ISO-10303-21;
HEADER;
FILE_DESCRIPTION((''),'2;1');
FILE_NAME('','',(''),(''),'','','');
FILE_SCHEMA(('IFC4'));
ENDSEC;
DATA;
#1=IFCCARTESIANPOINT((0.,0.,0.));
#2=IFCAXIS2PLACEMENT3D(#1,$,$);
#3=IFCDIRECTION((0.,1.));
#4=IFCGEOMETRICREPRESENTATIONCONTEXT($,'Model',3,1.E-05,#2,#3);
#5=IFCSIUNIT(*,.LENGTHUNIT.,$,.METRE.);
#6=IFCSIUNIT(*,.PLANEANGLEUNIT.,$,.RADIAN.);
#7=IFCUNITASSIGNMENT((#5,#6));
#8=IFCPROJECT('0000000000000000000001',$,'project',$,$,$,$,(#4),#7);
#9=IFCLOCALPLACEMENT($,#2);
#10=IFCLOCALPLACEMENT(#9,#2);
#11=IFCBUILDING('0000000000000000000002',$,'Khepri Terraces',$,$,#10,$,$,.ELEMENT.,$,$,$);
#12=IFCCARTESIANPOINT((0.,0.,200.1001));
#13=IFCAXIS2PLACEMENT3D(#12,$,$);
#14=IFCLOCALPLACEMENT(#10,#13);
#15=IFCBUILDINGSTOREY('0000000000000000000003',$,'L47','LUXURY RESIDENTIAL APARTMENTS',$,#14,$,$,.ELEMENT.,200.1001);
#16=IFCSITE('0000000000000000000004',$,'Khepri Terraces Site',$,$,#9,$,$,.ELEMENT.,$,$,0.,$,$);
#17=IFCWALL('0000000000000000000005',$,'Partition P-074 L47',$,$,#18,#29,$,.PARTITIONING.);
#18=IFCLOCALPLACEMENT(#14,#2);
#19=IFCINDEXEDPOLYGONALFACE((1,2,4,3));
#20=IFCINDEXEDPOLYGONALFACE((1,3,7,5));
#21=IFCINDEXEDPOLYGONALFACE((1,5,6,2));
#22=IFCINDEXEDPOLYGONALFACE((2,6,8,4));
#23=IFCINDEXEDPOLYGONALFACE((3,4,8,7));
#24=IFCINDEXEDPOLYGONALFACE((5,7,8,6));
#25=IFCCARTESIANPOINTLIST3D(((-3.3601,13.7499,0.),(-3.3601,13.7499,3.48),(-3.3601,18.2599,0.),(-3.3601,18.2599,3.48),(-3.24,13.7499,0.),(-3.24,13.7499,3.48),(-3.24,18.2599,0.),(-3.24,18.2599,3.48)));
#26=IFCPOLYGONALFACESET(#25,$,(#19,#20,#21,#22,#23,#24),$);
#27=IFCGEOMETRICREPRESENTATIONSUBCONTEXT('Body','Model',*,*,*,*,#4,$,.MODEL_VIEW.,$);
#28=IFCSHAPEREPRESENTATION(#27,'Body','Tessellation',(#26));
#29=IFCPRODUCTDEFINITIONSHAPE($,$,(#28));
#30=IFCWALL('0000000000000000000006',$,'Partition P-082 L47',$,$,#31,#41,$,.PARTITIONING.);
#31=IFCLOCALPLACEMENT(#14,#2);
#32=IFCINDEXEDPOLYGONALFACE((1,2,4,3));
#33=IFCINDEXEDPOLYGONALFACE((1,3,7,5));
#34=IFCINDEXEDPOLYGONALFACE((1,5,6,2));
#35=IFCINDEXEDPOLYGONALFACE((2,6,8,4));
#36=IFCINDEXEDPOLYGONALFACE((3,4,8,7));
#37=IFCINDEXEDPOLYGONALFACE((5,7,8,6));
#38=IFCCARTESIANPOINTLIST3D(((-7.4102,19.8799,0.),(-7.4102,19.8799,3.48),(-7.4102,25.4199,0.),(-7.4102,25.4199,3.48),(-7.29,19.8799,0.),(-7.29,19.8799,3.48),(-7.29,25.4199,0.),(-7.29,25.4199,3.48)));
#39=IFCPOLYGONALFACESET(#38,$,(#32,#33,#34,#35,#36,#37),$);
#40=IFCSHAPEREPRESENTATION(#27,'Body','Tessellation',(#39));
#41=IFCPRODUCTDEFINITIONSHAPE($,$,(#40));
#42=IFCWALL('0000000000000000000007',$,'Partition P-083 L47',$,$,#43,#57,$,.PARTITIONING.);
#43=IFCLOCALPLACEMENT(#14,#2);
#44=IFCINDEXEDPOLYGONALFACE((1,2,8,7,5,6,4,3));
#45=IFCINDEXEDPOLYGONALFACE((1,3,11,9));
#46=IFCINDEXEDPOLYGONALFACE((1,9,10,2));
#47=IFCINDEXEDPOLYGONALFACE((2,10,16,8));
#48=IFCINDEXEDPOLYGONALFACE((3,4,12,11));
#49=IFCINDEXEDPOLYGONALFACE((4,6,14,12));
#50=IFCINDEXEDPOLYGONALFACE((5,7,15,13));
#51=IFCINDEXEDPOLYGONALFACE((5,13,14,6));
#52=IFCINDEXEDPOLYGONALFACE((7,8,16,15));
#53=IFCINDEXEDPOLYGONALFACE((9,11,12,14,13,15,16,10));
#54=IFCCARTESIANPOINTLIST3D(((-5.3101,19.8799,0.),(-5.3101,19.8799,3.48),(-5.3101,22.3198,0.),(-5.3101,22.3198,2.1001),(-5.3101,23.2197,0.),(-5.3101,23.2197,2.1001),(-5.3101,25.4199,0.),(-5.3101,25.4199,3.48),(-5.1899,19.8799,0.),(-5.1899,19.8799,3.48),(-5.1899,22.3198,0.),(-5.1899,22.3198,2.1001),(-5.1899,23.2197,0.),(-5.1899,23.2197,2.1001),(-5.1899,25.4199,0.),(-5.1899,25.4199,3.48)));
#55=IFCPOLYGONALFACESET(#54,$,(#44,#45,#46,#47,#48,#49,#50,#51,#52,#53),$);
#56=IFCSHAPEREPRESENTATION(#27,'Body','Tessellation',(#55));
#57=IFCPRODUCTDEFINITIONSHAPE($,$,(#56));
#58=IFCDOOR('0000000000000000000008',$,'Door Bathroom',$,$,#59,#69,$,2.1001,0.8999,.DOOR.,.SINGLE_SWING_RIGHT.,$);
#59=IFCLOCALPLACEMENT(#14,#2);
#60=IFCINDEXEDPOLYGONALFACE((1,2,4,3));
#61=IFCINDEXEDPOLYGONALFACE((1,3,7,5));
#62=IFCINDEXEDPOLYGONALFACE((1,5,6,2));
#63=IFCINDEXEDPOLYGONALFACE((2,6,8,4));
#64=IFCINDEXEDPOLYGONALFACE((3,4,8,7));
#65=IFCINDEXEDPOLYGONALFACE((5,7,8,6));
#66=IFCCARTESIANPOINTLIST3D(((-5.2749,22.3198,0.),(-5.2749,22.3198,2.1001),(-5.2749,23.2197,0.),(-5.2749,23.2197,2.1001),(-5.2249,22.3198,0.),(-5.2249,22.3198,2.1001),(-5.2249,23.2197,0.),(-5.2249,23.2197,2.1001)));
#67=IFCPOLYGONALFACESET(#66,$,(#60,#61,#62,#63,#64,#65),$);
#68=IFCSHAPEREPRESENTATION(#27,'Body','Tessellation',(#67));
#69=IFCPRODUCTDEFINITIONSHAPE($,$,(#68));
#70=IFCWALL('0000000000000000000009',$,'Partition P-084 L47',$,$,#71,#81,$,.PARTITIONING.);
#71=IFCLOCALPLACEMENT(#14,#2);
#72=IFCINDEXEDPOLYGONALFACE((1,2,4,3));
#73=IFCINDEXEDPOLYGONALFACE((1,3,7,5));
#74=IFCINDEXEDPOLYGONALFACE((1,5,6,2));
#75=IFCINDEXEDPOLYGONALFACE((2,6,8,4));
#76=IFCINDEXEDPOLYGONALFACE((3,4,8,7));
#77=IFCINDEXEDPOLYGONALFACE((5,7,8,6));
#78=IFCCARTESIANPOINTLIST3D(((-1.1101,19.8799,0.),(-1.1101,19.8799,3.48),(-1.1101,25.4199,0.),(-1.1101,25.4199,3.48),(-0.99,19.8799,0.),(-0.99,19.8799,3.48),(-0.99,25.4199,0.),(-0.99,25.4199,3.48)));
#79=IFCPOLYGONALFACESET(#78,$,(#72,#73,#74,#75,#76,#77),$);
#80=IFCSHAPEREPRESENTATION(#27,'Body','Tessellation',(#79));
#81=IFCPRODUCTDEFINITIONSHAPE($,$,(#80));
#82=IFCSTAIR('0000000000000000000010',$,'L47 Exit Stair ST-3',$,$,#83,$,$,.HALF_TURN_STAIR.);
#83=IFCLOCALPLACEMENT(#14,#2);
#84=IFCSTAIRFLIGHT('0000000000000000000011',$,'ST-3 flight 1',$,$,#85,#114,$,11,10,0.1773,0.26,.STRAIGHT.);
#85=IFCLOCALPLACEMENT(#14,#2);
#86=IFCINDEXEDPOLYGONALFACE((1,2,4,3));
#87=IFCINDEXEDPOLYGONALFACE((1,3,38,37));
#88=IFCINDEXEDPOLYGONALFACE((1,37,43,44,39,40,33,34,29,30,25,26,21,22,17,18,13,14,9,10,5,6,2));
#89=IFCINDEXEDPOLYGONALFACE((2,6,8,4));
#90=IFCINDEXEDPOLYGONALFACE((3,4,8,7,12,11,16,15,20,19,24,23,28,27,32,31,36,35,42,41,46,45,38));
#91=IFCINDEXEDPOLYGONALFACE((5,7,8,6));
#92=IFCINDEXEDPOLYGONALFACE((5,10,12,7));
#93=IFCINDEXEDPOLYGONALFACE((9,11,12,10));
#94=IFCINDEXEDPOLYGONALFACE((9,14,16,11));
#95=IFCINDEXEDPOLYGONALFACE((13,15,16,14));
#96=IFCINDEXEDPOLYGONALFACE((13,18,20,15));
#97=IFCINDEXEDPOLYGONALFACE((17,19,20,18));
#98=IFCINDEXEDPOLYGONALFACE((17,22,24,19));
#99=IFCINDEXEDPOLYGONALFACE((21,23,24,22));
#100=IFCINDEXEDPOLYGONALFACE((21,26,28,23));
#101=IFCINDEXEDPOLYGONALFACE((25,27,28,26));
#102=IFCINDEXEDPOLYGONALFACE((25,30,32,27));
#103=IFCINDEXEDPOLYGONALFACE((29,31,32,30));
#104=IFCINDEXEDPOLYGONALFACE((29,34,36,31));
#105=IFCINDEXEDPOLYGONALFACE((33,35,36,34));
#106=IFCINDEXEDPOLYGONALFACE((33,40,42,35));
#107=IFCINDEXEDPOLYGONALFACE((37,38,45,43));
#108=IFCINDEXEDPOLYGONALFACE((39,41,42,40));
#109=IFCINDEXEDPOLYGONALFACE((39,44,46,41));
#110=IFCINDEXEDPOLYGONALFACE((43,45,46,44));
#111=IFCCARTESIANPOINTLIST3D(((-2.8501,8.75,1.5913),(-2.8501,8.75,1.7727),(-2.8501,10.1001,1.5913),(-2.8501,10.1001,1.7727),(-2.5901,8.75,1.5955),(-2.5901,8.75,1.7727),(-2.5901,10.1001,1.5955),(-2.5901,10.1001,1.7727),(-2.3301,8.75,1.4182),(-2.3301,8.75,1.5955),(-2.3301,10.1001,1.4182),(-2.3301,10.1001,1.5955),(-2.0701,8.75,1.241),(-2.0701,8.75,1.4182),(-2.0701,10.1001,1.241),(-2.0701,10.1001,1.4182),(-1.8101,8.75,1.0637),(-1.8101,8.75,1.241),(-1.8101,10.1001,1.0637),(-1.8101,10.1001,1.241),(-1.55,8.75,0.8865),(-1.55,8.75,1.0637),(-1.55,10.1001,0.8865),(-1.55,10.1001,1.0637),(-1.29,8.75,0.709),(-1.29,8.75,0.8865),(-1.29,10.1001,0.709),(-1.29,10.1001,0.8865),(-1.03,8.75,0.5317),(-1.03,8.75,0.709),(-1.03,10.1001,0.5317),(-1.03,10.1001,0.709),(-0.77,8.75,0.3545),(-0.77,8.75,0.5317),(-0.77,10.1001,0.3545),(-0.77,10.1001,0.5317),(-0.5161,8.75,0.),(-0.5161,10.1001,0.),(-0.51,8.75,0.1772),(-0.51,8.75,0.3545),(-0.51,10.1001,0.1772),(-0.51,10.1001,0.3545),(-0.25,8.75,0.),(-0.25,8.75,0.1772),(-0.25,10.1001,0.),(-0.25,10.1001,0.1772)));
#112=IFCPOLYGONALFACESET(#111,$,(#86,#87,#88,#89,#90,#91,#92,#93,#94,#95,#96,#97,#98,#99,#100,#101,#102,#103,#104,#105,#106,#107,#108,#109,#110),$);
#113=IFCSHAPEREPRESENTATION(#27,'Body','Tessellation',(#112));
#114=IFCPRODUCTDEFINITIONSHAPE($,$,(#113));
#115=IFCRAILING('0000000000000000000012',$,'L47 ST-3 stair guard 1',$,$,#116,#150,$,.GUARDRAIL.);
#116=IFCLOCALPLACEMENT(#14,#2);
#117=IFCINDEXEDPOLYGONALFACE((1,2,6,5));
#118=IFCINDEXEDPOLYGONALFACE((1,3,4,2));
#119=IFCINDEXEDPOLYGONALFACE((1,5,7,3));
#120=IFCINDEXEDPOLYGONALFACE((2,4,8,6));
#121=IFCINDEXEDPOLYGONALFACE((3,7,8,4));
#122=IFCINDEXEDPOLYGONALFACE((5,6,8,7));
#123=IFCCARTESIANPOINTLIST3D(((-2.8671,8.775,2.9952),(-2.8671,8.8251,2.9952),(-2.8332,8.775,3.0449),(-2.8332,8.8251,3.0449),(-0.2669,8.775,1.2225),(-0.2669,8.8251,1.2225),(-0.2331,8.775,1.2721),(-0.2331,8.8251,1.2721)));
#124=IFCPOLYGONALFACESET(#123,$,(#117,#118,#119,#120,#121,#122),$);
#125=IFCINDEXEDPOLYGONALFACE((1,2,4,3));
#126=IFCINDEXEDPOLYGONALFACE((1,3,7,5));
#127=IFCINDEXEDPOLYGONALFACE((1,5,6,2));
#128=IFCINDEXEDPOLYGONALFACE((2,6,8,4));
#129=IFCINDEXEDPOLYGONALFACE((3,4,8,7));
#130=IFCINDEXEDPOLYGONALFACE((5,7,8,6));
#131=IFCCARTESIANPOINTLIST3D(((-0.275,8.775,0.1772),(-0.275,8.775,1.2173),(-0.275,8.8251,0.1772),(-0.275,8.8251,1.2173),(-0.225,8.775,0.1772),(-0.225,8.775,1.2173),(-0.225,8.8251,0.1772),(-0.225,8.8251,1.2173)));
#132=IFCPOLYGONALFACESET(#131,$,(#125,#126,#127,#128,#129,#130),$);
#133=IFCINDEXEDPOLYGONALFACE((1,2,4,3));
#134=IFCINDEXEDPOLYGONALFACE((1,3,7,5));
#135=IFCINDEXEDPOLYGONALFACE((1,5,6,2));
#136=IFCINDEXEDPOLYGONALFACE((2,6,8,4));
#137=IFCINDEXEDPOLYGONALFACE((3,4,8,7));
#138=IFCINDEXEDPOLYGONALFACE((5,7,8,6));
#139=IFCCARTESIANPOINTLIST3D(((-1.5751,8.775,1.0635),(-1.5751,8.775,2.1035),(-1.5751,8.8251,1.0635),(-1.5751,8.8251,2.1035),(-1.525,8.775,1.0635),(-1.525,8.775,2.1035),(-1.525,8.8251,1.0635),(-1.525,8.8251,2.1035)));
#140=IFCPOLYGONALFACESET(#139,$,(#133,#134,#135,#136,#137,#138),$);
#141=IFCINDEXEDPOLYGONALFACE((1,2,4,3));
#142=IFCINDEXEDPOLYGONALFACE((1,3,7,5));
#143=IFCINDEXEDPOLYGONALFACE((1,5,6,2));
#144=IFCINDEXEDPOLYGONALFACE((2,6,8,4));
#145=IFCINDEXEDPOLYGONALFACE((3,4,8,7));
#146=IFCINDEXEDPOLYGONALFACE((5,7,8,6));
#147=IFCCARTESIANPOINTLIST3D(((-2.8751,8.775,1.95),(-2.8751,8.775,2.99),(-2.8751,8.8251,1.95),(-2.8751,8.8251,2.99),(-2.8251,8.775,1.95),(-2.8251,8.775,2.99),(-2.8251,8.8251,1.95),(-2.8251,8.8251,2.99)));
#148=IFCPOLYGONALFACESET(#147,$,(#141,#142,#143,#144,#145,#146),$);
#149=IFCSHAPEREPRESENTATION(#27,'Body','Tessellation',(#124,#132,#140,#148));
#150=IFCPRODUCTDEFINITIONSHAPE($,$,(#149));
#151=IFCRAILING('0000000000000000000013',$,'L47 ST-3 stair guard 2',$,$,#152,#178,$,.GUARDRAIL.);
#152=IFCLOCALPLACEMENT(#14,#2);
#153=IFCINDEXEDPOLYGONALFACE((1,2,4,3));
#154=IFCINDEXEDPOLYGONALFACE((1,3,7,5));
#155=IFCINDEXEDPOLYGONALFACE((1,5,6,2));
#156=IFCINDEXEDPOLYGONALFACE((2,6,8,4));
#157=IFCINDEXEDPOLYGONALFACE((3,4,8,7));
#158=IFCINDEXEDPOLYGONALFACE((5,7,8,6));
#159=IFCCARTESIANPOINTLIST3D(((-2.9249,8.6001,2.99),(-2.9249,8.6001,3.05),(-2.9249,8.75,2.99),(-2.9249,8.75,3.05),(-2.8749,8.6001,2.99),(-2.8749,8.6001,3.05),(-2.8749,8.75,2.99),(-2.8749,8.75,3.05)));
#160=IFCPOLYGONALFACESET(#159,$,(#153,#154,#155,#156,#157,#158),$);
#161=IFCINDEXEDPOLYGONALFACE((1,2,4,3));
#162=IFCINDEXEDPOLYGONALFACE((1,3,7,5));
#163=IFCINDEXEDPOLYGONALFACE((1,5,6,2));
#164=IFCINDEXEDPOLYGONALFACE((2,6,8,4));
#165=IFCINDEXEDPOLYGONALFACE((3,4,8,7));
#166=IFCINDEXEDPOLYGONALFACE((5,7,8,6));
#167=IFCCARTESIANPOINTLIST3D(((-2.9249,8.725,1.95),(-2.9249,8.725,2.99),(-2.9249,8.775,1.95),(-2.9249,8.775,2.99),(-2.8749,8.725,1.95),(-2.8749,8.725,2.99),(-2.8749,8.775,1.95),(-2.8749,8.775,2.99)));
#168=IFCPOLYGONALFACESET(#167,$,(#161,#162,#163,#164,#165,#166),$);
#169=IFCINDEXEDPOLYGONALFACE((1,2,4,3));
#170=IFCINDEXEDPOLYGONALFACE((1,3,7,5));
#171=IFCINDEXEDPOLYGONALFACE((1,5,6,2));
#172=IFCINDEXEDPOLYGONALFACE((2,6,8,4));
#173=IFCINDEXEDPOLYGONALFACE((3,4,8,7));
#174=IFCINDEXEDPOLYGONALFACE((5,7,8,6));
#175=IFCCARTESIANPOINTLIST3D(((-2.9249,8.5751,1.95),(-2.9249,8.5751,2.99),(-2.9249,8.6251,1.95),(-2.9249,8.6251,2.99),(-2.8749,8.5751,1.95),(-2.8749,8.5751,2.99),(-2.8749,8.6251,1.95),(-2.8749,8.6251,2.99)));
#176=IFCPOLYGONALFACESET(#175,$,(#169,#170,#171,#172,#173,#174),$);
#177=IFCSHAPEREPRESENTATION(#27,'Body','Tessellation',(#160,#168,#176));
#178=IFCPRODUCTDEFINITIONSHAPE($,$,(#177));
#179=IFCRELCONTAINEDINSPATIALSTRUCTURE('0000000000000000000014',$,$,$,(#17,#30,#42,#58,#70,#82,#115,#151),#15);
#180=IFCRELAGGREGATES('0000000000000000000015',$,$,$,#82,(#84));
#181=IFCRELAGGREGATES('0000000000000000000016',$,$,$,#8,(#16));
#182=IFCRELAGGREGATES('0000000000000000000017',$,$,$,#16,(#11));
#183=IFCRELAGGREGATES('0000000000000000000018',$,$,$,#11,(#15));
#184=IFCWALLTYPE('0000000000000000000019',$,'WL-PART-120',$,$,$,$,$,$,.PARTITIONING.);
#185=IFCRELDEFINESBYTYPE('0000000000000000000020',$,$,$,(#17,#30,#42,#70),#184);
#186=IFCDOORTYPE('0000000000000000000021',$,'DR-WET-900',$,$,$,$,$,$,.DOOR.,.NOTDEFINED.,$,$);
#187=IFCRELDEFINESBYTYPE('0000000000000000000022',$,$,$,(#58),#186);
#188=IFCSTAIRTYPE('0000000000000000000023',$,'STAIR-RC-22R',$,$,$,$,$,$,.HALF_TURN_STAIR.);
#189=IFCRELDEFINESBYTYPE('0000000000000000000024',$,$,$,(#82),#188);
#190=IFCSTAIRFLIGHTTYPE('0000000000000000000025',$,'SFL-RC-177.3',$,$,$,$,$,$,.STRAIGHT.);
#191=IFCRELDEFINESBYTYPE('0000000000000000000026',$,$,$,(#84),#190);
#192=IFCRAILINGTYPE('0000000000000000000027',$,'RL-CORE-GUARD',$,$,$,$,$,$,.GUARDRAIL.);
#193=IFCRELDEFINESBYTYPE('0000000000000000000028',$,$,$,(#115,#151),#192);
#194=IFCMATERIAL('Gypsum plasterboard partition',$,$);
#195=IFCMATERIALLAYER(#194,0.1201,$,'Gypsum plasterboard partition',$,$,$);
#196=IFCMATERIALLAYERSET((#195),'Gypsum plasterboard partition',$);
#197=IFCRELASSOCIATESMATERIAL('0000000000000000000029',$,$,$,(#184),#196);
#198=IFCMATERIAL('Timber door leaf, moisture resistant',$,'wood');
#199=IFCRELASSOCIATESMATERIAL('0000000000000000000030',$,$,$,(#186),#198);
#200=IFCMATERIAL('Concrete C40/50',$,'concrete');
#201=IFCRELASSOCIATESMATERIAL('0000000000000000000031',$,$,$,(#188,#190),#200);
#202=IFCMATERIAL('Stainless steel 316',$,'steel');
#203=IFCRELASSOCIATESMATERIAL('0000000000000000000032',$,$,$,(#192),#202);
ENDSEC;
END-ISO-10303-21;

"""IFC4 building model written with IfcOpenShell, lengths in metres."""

from ifc_helpers import new_model, si_unit, direction, frame, frame_2d, origin, origin_2d, place, context, subcontext, project, spatial, polyline, rectangle, outline, extrude, material, layer, layer_set, type_object, element, fill, aggregate, save


model = new_model("IFC4")

# Units and contexts
model_context = context("Model", 3, precision=1e-05, world=origin(), true_north=direction((0.0, 1.0)))
body_context = subcontext(model_context, "Body", "Model", "MODEL_VIEW")
ifc_project = project(units=[si_unit("LENGTHUNIT", "METRE"), si_unit("PLANEANGLEUNIT", "RADIAN")], contexts=[model_context])

# Site, building, storey
site_placement = place(None, origin())
site = spatial("IfcSite", under=ifc_project, at=site_placement, Name="Khepri Terraces Site", CompositionType="ELEMENT", RefElevation=0.0)
building_placement = place(site_placement, origin())
building = spatial("IfcBuilding", under=site, at=building_placement, Name="Khepri Terraces", CompositionType="ELEMENT")
storey_placement = place(building_placement, frame((0.0, 0.0, 200.1001)))
storey = spatial("IfcBuildingStorey", under=building, at=storey_placement, Name="L47", Description="LUXURY RESIDENTIAL APARTMENTS", CompositionType="ELEMENT", Elevation=200.1001)

# Walls
ifc_material_1 = material(Name="Gypsum plasterboard partition")
ifc_layer_1 = layer(ifc_material_1, 0.1201, Name="Gypsum plasterboard partition")
ifc_layer_set_1 = layer_set([ifc_layer_1], Name="Gypsum plasterboard partition")
wall_type_1 = type_object("IfcWallType", Name="WL-PART-120", PredefinedType="PARTITIONING", material=ifc_layer_set_1)
for number, where, z_axis, x_axis, name in (
    (1, (-3.3, 13.75, 0.0), (0.0, 0.0, 1.0), (0.0, 1.0, 0.0), "Partition P-074 L47"),
):
    element("IfcWall", number, at=place(storey_placement, frame(where, z_axis=z_axis, x_axis=x_axis)), inside=storey, type_object=wall_type_1, Name=name, PredefinedType="PARTITIONING", context=body_context, shape_type="SweptSolid", body=[
        extrude(rectangle(XDim=4.51, YDim=0.1201, at=frame_2d((2.2549, 0.0))), origin(), (0.0, 0.0, 1.0), 3.48),
    ])
wall_1_placement = place(storey_placement, frame((-7.3501, 19.8799, 0.0), z_axis=(0.0, 0.0, 1.0), x_axis=(0.0, 1.0, 0.0)))
element("IfcWall", 2, at=wall_1_placement, inside=storey, type_object=wall_type_1, Name="Partition P-082 L47", PredefinedType="PARTITIONING", context=body_context, shape_type="SweptSolid", body=[
    extrude(rectangle(XDim=5.54, YDim=0.1201, at=frame_2d((2.77, 0.0))), origin(), (0.0, 0.0, 1.0), 3.48),
])

# Wall, opening, door
wall_2_placement = place(storey_placement, frame((-5.25, 19.8799, 0.0), z_axis=(0.0, 0.0, 1.0), x_axis=(0.0, 1.0, 0.0)))
wall_2 = element("IfcWall", 3, at=wall_2_placement, inside=storey, type_object=wall_type_1, Name="Partition P-083 L47", PredefinedType="PARTITIONING", context=body_context, shape_type="SweptSolid", body=[
    extrude(rectangle(XDim=5.54, YDim=0.1201, at=frame_2d((2.77, 0.0))), origin(), (0.0, 0.0, 1.0), 3.48),
])
opening_1_placement = place(wall_2_placement, frame((2.4399, 0.0, 0.0)))
opening_1 = element("IfcOpeningElement", 4, at=opening_1_placement, cuts=wall_2, PredefinedType="OPENING", context=body_context, shape_type="SweptSolid", body=[
    extrude(rectangle(XDim=0.8999, YDim=2.1001, at=frame_2d((0.45, 1.05))), frame((0.0, 0.0701, 0.0), z_axis=(0.0, -1.0, 0.0), x_axis=(1.0, 0.0, 0.0)), (0.0, 0.0, 1.0), 0.1401),
])
ifc_material_2 = material(Name="Timber door leaf, moisture resistant", Category="wood")
door_type = type_object("IfcDoorType", Name="DR-WET-900", OperationType="NOTDEFINED", PredefinedType="DOOR", material=ifc_material_2)
door_placement = place(opening_1_placement, origin())
door = element("IfcDoor", 5, at=door_placement, inside=storey, type_object=door_type, Name="Door Bathroom", OperationType="SINGLE_SWING_RIGHT", OverallHeight=2.1001, OverallWidth=0.8999, PredefinedType="DOOR", context=body_context, shape_type="SweptSolid", body=[
    extrude(rectangle(XDim=0.8999, YDim=2.1001, at=frame_2d((0.45, 1.05))), frame((0.0, 0.0249, 0.0), z_axis=(0.0, -1.0, 0.0), x_axis=(1.0, 0.0, 0.0)), (0.0, 0.0, 1.0), 0.05),
])
fill(opening_1, door)

# Wall
wall_3_placement = place(storey_placement, frame((-1.05, 19.8799, 0.0), z_axis=(0.0, 0.0, 1.0), x_axis=(0.0, 1.0, 0.0)))
element("IfcWall", 6, at=wall_3_placement, inside=storey, type_object=wall_type_1, Name="Partition P-084 L47", PredefinedType="PARTITIONING", context=body_context, shape_type="SweptSolid", body=[
    extrude(rectangle(XDim=5.54, YDim=0.1201, at=frame_2d((2.77, 0.0))), origin(), (0.0, 0.0, 1.0), 3.48),
])

# Stair, stair flight
ifc_material_3 = material(Name="Concrete C40/50", Category="concrete")
stair_type = type_object("IfcStairType", Name="STAIR-RC-22R", PredefinedType="HALF_TURN_STAIR", material=ifc_material_3)
stair_placement = place(storey_placement, origin())
stair = element("IfcStair", 7, at=stair_placement, inside=storey, type_object=stair_type, Name="L47 Exit Stair ST-3", PredefinedType="HALF_TURN_STAIR")
stair_flight_type = type_object("IfcStairFlightType", Name="SFL-RC-177.3", PredefinedType="STRAIGHT", material=ifc_material_3)
stair_flight_placement = place(storey_placement, frame((-0.25, 9.425, 0.0), z_axis=(0.0, 0.0, 1.0), x_axis=(-1.0, 0.0, 0.0)))
stair_flight = element("IfcStairFlight", 8, at=stair_flight_placement, type_object=stair_flight_type, Name="ST-3 flight 1", NumberOfRisers=11, NumberOfTreads=10, PredefinedType="STRAIGHT", RiserHeight=0.1773, TreadLength=0.26, context=body_context, shape_type="SweptSolid", body=[
    extrude(outline(polyline([(0.0, 0.0), (0.0, 0.1772), (0.26, 0.1772), (0.26, 0.3545), (0.52, 0.3545), (0.52, 0.5317), (0.78, 0.5317), (0.78, 0.709), (1.04, 0.709), (1.04, 0.8865), (1.3, 0.8865), (1.3, 1.0637), (1.5601, 1.0637), (1.5601, 1.241), (1.8201, 1.241), (1.8201, 1.4182), (2.0801, 1.4182), (2.0801, 1.5955), (2.3401, 1.5955), (2.3401, 1.7727), (2.6001, 1.7727), (2.6001, 1.95), (2.6001, 1.5913), (0.2661, 0.0), (0.0, 0.0)])), frame((0.0, 0.675, 0.0), z_axis=(0.0, -1.0, 0.0), x_axis=(1.0, 0.0, 0.0)), (0.0, 0.0, 1.0), 1.3501),
])
aggregate(stair, [stair_flight])

# Railings
ifc_material_4 = material(Name="Stainless steel 316", Category="steel")
railing_type_1 = type_object("IfcRailingType", Name="RL-CORE-GUARD", PredefinedType="GUARDRAIL", material=ifc_material_4)
railing_1_placement = place(storey_placement, frame((-0.25, 8.8, 0.1772)))
element("IfcRailing", 9, at=railing_1_placement, inside=storey, type_object=railing_type_1, Name="L47 ST-3 stair guard 1", PredefinedType="GUARDRAIL", context=body_context, shape_type="SweptSolid", body=[
    extrude(rectangle(XDim=0.05, YDim=0.0601, at=origin_2d()), frame((0.0, 0.0, 1.0701), z_axis=(-0.82624, 0.0, 0.563318), x_axis=(0.0, -1.0, 0.0)), (0.0, 0.0, 1.0), 3.147),
    extrude(rectangle(XDim=0.05, YDim=0.05, at=origin_2d()), origin(), (0.0, 0.0, 1.0), 1.04),
    extrude(rectangle(XDim=0.05, YDim=0.05, at=origin_2d()), frame((-1.3, 0.0, 0.8862)), (0.0, 0.0, 1.0), 1.04),
    extrude(rectangle(XDim=0.05, YDim=0.05, at=origin_2d()), frame((-2.6001, 0.0, 1.7727)), (0.0, 0.0, 1.0), 1.04),
])
railing_2_placement = place(storey_placement, frame((-2.8999, 8.75, 1.95)))
element("IfcRailing", 10, at=railing_2_placement, inside=storey, type_object=railing_type_1, Name="L47 ST-3 stair guard 2", PredefinedType="GUARDRAIL", context=body_context, shape_type="SweptSolid", body=[
    extrude(rectangle(XDim=0.05, YDim=0.0601, at=origin_2d()), frame((0.0, 0.0, 1.0701), z_axis=(0.0, -1.0, 0.0), x_axis=(1.0, 0.0, 0.0)), (0.0, 0.0, 1.0), 0.1499),
    extrude(rectangle(XDim=0.05, YDim=0.05, at=origin_2d()), origin(), (0.0, 0.0, 1.0), 1.04),
    extrude(rectangle(XDim=0.05, YDim=0.05, at=origin_2d()), frame((0.0, -0.1499, 0.0)), (0.0, 0.0, 1.0), 1.04),
])

save(model, "model.ifc")
